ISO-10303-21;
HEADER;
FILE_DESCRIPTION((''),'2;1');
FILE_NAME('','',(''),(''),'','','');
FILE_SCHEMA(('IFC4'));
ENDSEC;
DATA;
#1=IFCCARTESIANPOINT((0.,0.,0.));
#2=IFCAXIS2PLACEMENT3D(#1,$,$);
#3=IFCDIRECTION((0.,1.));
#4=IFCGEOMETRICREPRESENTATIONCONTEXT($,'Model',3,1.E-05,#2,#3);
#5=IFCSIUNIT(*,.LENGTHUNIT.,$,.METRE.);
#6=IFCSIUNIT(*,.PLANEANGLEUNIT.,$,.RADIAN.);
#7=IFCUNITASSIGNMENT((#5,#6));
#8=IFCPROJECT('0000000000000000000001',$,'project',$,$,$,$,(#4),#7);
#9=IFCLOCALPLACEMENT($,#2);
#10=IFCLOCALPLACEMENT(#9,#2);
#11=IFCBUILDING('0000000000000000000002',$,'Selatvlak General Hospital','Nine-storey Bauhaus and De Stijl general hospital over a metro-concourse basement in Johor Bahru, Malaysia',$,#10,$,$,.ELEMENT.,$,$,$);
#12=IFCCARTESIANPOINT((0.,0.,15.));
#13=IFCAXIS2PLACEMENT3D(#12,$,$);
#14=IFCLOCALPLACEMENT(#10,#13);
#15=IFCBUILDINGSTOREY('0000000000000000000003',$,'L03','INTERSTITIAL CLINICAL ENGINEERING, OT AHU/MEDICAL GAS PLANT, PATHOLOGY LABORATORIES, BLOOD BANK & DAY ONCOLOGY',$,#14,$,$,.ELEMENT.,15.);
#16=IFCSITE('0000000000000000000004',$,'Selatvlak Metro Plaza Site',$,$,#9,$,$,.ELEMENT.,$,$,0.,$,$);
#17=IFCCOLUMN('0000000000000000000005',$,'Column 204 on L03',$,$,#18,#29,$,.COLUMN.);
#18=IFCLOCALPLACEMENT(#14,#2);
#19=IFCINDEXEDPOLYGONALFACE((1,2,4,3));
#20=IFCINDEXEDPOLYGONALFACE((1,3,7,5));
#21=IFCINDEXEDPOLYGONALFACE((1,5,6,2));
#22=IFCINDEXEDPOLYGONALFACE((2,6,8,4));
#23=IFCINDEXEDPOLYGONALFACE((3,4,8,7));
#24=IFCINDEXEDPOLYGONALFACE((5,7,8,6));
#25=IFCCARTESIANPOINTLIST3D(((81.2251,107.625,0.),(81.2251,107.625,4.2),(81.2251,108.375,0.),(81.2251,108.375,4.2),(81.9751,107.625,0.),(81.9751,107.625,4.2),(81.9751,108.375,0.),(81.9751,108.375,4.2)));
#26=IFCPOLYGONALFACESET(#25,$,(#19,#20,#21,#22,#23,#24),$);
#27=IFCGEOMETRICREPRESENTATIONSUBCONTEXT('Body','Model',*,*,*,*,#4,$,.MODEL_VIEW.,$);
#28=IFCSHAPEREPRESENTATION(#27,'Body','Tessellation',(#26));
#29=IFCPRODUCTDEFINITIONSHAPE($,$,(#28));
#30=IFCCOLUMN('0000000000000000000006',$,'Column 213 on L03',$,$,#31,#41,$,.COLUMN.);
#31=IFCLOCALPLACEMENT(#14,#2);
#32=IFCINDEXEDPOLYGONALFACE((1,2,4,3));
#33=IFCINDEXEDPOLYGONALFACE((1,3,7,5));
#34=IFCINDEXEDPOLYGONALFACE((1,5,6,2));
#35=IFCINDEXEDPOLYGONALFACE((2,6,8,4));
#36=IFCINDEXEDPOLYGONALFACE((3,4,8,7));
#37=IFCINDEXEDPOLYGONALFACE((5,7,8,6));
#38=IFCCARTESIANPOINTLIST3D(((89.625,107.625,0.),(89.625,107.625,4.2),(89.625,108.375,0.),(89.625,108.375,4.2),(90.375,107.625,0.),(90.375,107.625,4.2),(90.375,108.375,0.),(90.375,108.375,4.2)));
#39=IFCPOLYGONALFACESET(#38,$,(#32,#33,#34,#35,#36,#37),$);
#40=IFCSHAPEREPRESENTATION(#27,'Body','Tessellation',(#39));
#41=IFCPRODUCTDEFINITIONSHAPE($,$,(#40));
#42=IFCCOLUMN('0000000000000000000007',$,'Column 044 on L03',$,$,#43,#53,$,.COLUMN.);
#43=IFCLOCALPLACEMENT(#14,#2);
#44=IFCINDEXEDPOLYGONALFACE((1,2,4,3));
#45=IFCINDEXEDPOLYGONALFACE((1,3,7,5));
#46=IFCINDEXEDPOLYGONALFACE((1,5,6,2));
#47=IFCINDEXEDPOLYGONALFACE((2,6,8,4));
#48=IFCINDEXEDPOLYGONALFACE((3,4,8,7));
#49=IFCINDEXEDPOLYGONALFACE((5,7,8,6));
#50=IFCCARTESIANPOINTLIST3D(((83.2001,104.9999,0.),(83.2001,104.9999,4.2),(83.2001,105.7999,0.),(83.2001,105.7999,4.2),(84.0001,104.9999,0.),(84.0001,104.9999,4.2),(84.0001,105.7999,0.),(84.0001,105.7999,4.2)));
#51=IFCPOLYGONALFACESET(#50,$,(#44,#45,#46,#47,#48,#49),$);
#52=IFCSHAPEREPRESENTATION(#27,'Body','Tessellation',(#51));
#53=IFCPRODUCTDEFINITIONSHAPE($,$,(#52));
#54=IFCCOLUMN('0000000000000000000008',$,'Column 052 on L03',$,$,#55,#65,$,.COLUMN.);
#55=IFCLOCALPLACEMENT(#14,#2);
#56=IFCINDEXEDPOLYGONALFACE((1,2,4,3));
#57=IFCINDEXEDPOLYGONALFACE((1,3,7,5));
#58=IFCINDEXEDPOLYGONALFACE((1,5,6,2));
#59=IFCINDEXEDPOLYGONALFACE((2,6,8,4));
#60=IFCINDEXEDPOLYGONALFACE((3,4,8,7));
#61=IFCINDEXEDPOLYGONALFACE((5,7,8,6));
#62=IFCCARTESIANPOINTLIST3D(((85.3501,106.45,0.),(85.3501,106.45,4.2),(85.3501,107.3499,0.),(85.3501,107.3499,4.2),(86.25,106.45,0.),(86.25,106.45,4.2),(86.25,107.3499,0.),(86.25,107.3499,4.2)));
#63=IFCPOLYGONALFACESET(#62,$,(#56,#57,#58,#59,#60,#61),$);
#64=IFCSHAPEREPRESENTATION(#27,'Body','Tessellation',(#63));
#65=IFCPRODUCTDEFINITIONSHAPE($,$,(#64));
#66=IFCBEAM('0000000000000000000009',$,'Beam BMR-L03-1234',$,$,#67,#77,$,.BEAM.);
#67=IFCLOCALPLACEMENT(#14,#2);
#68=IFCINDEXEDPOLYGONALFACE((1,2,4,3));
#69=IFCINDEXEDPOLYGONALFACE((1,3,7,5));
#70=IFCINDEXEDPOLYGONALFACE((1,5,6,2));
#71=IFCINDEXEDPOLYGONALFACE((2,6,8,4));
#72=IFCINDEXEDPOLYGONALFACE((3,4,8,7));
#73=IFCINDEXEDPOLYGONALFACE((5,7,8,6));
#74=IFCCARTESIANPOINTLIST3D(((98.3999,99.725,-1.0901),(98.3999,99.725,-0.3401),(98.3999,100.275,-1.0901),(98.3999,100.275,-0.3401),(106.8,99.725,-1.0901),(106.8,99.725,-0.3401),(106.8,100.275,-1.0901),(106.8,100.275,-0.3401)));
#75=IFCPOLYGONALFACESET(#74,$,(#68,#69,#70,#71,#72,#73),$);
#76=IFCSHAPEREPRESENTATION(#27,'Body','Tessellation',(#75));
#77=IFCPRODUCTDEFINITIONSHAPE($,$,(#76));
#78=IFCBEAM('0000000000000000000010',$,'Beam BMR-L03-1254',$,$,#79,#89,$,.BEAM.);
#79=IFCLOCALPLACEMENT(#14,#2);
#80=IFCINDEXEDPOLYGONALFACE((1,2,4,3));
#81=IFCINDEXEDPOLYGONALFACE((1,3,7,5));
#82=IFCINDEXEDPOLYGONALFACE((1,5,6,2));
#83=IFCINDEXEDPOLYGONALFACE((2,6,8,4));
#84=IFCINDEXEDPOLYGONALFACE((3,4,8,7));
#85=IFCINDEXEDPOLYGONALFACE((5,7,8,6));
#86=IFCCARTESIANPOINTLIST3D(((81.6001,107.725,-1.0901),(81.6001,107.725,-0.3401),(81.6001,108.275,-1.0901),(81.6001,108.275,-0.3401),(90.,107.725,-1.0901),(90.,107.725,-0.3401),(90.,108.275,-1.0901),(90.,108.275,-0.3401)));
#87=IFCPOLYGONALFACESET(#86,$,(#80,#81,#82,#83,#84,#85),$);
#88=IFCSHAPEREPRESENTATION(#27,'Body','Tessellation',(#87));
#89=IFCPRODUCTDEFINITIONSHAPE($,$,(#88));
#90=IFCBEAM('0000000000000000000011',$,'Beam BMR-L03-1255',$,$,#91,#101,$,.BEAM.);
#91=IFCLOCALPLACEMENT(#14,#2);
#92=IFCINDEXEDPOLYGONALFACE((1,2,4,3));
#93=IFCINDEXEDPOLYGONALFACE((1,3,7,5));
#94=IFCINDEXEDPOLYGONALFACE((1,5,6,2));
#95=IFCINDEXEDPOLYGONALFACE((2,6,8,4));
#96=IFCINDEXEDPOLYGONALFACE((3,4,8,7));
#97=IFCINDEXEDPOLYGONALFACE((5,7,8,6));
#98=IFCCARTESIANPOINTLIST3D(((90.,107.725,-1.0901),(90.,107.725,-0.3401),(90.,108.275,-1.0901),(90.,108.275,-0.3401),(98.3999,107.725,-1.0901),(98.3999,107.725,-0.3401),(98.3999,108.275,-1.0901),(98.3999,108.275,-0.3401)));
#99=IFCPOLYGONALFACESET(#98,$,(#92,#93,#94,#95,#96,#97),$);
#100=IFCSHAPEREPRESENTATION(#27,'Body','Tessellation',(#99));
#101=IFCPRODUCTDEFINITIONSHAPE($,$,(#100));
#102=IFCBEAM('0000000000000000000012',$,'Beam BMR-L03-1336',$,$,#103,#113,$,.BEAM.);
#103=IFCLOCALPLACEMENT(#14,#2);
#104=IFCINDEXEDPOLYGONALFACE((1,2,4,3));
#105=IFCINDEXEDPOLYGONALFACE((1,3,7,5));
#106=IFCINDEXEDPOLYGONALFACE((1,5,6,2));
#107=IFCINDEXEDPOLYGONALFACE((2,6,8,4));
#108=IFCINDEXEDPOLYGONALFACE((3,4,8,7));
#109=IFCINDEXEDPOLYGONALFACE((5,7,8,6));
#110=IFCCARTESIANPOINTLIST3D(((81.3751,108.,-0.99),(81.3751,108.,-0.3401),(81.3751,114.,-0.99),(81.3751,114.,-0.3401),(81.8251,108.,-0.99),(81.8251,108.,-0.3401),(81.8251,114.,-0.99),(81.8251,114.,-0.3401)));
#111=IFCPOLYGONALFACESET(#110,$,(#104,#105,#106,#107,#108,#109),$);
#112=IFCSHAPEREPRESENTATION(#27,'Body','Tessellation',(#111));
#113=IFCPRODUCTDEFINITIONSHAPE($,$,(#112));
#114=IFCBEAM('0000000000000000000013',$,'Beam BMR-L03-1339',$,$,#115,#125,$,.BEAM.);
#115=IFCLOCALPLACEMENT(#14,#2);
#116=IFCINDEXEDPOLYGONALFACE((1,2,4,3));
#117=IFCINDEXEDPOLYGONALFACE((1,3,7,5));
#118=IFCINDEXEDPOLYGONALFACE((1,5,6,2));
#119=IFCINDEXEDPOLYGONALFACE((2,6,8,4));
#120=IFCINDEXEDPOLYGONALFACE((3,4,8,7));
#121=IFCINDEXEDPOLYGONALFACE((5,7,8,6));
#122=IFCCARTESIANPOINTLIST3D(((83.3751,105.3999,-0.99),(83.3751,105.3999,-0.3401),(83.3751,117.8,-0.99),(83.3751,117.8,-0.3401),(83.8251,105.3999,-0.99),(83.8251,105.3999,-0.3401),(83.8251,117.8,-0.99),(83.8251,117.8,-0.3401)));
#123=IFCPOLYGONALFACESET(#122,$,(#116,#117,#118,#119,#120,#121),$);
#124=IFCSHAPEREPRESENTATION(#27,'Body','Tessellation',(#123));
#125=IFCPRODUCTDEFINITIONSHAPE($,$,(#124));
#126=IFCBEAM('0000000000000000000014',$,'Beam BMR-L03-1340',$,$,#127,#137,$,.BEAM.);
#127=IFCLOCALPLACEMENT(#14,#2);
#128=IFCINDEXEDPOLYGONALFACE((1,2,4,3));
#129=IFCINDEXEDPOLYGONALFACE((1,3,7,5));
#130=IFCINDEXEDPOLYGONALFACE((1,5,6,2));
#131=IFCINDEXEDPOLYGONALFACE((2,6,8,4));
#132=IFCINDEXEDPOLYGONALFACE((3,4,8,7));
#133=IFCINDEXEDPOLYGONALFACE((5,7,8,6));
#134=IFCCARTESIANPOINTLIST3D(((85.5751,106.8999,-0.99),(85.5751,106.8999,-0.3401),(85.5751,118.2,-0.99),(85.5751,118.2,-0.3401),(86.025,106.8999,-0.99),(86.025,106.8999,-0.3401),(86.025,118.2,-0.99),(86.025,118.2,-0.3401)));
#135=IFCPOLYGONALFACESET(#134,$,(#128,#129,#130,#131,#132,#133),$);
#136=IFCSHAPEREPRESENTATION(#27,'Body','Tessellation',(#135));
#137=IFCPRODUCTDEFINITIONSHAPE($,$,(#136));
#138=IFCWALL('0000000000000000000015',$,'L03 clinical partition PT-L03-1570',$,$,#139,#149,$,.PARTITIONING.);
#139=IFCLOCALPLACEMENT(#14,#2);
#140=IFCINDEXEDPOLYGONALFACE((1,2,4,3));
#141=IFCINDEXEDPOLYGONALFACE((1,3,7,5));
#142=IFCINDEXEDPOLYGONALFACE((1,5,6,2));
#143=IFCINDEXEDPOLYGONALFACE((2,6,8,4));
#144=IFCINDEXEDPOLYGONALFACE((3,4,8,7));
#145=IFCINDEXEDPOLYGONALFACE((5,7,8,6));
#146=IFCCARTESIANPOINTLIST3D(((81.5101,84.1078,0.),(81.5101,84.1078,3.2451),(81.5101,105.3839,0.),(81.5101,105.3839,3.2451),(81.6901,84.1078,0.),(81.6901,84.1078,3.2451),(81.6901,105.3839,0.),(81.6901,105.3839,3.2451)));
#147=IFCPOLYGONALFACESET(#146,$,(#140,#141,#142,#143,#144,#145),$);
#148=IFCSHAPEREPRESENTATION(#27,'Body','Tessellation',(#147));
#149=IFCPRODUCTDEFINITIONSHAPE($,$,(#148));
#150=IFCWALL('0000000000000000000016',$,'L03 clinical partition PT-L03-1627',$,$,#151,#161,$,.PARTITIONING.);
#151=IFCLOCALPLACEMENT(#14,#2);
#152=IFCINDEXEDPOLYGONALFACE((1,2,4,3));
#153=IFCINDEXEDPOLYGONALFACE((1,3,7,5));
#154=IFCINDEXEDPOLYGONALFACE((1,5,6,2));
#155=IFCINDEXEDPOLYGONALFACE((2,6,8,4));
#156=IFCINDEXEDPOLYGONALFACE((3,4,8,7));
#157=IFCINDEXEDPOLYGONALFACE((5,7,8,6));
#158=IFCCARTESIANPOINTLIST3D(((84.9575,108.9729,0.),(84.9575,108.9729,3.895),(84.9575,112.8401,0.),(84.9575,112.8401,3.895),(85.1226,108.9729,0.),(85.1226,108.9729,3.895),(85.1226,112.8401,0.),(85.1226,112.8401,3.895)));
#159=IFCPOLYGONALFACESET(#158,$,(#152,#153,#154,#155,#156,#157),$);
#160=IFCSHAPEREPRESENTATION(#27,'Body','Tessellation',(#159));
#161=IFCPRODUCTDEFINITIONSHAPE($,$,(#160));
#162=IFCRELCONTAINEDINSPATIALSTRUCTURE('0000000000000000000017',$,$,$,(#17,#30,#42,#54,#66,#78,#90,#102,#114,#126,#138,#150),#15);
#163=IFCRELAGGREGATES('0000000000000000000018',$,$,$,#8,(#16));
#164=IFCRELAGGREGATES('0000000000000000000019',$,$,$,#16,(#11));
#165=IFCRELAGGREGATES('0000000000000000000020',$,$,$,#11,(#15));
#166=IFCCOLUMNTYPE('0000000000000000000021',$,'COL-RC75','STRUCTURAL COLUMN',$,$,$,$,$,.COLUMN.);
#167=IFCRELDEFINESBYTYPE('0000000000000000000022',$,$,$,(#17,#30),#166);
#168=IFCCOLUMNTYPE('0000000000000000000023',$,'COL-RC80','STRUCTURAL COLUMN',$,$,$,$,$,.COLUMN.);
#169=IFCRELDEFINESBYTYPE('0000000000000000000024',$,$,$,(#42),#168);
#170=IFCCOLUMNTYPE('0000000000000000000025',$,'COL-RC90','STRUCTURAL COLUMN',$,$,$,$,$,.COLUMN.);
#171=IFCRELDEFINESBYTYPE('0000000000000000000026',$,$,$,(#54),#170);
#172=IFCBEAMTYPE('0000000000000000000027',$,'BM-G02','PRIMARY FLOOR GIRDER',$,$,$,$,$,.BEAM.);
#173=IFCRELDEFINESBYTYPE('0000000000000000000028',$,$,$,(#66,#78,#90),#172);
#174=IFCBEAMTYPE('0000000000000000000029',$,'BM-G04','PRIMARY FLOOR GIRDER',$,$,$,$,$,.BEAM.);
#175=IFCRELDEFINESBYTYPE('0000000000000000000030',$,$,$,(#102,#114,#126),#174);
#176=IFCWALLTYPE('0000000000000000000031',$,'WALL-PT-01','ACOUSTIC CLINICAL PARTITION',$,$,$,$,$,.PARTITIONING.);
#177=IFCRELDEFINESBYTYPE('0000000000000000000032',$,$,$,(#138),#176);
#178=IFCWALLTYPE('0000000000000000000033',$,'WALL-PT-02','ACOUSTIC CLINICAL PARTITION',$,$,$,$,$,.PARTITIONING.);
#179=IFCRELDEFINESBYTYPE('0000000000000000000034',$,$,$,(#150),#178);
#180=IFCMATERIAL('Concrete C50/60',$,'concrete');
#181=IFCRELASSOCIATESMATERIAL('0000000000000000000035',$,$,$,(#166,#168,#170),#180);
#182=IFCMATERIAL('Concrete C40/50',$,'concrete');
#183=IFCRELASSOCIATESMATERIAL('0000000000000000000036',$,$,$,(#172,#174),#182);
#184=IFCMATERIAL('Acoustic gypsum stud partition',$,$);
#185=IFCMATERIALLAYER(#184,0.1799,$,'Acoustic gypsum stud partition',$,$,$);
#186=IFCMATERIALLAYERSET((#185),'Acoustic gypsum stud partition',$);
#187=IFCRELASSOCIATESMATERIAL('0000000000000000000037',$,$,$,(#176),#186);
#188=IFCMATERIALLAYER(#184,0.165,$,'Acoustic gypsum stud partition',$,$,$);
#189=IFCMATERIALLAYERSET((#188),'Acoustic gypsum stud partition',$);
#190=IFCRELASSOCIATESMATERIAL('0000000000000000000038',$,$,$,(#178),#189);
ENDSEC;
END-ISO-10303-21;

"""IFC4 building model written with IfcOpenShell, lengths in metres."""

from ifc_helpers import new_model, si_unit, direction, frame, frame_2d, origin, origin_2d, place, context, subcontext, project, spatial, rectangle, extrude, material, layer, layer_set, material_profile, profile_set, type_object, element, save


model = new_model("IFC4")

# Units and contexts
model_context = context("Model", 3, precision=1e-05, world=origin(), true_north=direction((0.0, 1.0)))
body_context = subcontext(model_context, "Body", "Model", "MODEL_VIEW")
ifc_project = project(units=[si_unit("LENGTHUNIT", "METRE"), si_unit("PLANEANGLEUNIT", "RADIAN")], contexts=[model_context])

# Site, building, storey
site_placement = place(None, origin())
site = spatial("IfcSite", under=ifc_project, at=site_placement, Name="Selatvlak Metro Plaza Site", CompositionType="ELEMENT", RefElevation=0.0)
building_placement = place(site_placement, origin())
building = spatial("IfcBuilding", under=site, at=building_placement, Name="Selatvlak General Hospital", Description="Nine-storey Bauhaus and De Stijl general hospital over a metro-concourse basement in Johor Bahru, Malaysia", CompositionType="ELEMENT")
storey_placement = place(building_placement, frame((0.0, 0.0, 15.0)))
storey = spatial("IfcBuildingStorey", under=building, at=storey_placement, Name="L03", Description="INTERSTITIAL CLINICAL ENGINEERING, OT AHU/MEDICAL GAS PLANT, PATHOLOGY LABORATORIES, BLOOD BANK & DAY ONCOLOGY", CompositionType="ELEMENT", Elevation=15.0)

# Columns
ifc_material_1 = material(Name="Concrete C50/60", Category="concrete")
ifc_material_profile_1 = material_profile(ifc_material_1, rectangle(XDim=0.75, YDim=0.75, at=origin_2d()), Name="RC-COL 750x750")
ifc_profile_set_1 = profile_set([ifc_material_profile_1], Name="Concrete C50/60")
column_type_1 = type_object("IfcColumnType", Name="COL-RC75", Description="STRUCTURAL COLUMN", PredefinedType="COLUMN", material=ifc_profile_set_1)
for number, where, z_axis, x_axis, name in (
    (1, (81.6001, 108.0, 0.0), (0.0, 0.0, 1.0), (1.0, 0.0, 0.0), "Column 204 on L03"),
    (2, (90.0, 108.0, 0.0), (0.0, 0.0, 1.0), (1.0, 0.0, 0.0), "Column 213 on L03"),
):
    element("IfcColumn", number, at=place(storey_placement, frame(where, z_axis=z_axis, x_axis=x_axis)), inside=storey, type_object=column_type_1, Name=name, PredefinedType="COLUMN", context=body_context, shape_type="SweptSolid", body=[
        extrude(rectangle(XDim=0.75, YDim=0.75, at=origin_2d()), origin(), (0.0, 0.0, 1.0), 4.2),
    ])
ifc_material_profile_2 = material_profile(ifc_material_1, rectangle(XDim=0.8, YDim=0.8, at=origin_2d()), Name="RC-COL 800x800")
ifc_profile_set_2 = profile_set([ifc_material_profile_2], Name="Concrete C50/60")
column_type_2 = type_object("IfcColumnType", Name="COL-RC80", Description="STRUCTURAL COLUMN", PredefinedType="COLUMN", material=ifc_profile_set_2)
column_1_placement = place(storey_placement, frame((83.6001, 105.3999, 0.0), z_axis=(0.0, 0.0, 1.0), x_axis=(1.0, 0.0, 0.0)))
element("IfcColumn", 3, at=column_1_placement, inside=storey, type_object=column_type_2, Name="Column 044 on L03", PredefinedType="COLUMN", context=body_context, shape_type="SweptSolid", body=[
    extrude(rectangle(XDim=0.8, YDim=0.8, at=origin_2d()), origin(), (0.0, 0.0, 1.0), 4.2),
])
ifc_material_profile_3 = material_profile(ifc_material_1, rectangle(XDim=0.8999, YDim=0.8999, at=origin_2d()), Name="RC-COL 900x900")
ifc_profile_set_3 = profile_set([ifc_material_profile_3], Name="Concrete C50/60")
column_type_3 = type_object("IfcColumnType", Name="COL-RC90", Description="STRUCTURAL COLUMN", PredefinedType="COLUMN", material=ifc_profile_set_3)
column_2_placement = place(storey_placement, frame((85.8, 106.8999, 0.0), z_axis=(0.0, 0.0, 1.0), x_axis=(1.0, 0.0, 0.0)))
element("IfcColumn", 4, at=column_2_placement, inside=storey, type_object=column_type_3, Name="Column 052 on L03", PredefinedType="COLUMN", context=body_context, shape_type="SweptSolid", body=[
    extrude(rectangle(XDim=0.8999, YDim=0.8999, at=origin_2d()), origin(), (0.0, 0.0, 1.0), 4.2),
])

# Beams
ifc_material_2 = material(Name="Concrete C40/50", Category="concrete")
ifc_material_profile_4 = material_profile(ifc_material_2, rectangle(XDim=0.55, YDim=0.75, at=origin_2d()), Name="RC-BM 550x750")
ifc_profile_set_4 = profile_set([ifc_material_profile_4], Name="Concrete C40/50")
beam_type_1 = type_object("IfcBeamType", Name="BM-G02", Description="PRIMARY FLOOR GIRDER", PredefinedType="BEAM", material=ifc_profile_set_4)
beam_1_placement = place(storey_placement, frame((98.3999, 100.0, -0.7151), z_axis=(1.0, 0.0, 0.0), x_axis=(0.0, 1.0, 0.0)))
element("IfcBeam", 5, at=beam_1_placement, inside=storey, type_object=beam_type_1, Name="Beam BMR-L03-1234", PredefinedType="BEAM", context=body_context, shape_type="SweptSolid", body=[
    extrude(rectangle(XDim=0.55, YDim=0.75, at=origin_2d()), origin(), (0.0, 0.0, 1.0), 8.4001),
])
for number, where, z_axis, x_axis, name in (
    (6, (81.6001, 108.0, -0.7151), (1.0, 0.0, 0.0), (0.0, 1.0, 0.0), "Beam BMR-L03-1254"),
    (7, (90.0, 108.0, -0.7151), (1.0, 0.0, 0.0), (0.0, 1.0, 0.0), "Beam BMR-L03-1255"),
):
    element("IfcBeam", number, at=place(storey_placement, frame(where, z_axis=z_axis, x_axis=x_axis)), inside=storey, type_object=beam_type_1, Name=name, PredefinedType="BEAM", context=body_context, shape_type="SweptSolid", body=[
        extrude(rectangle(XDim=0.55, YDim=0.75, at=origin_2d()), origin(), (0.0, 0.0, 1.0), 8.3999),
    ])
ifc_material_profile_5 = material_profile(ifc_material_2, rectangle(XDim=0.45, YDim=0.6499, at=origin_2d()), Name="RC-BM 450x650")
ifc_profile_set_5 = profile_set([ifc_material_profile_5], Name="Concrete C40/50")
beam_type_2 = type_object("IfcBeamType", Name="BM-G04", Description="PRIMARY FLOOR GIRDER", PredefinedType="BEAM", material=ifc_profile_set_5)
beam_2_placement = place(storey_placement, frame((81.6001, 108.0, -0.665), z_axis=(0.0, 1.0, 0.0), x_axis=(-1.0, 0.0, 0.0)))
element("IfcBeam", 8, at=beam_2_placement, inside=storey, type_object=beam_type_2, Name="Beam BMR-L03-1336", PredefinedType="BEAM", context=body_context, shape_type="SweptSolid", body=[
    extrude(rectangle(XDim=0.45, YDim=0.6499, at=origin_2d()), origin(), (0.0, 0.0, 1.0), 6.0),
])
beam_3_placement = place(storey_placement, frame((83.6001, 105.3999, -0.665), z_axis=(0.0, 1.0, 0.0), x_axis=(-1.0, 0.0, 0.0)))
element("IfcBeam", 9, at=beam_3_placement, inside=storey, type_object=beam_type_2, Name="Beam BMR-L03-1339", PredefinedType="BEAM", context=body_context, shape_type="SweptSolid", body=[
    extrude(rectangle(XDim=0.45, YDim=0.6499, at=origin_2d()), origin(), (0.0, 0.0, 1.0), 12.4001),
])
beam_4_placement = place(storey_placement, frame((85.8, 106.8999, -0.665), z_axis=(0.0, 1.0, 0.0), x_axis=(-1.0, 0.0, 0.0)))
element("IfcBeam", 10, at=beam_4_placement, inside=storey, type_object=beam_type_2, Name="Beam BMR-L03-1340", PredefinedType="BEAM", context=body_context, shape_type="SweptSolid", body=[
    extrude(rectangle(XDim=0.45, YDim=0.6499, at=origin_2d()), origin(), (0.0, 0.0, 1.0), 11.3),
])

# Wall
ifc_material_3 = material(Name="Acoustic gypsum stud partition")
ifc_layer_1 = layer(ifc_material_3, 0.1799, Name="Acoustic gypsum stud partition")
ifc_layer_set_1 = layer_set([ifc_layer_1], Name="Acoustic gypsum stud partition")
wall_type_1 = type_object("IfcWallType", Name="WALL-PT-01", Description="ACOUSTIC CLINICAL PARTITION", PredefinedType="PARTITIONING", material=ifc_layer_set_1)
wall_1_placement = place(storey_placement, frame((81.6001, 105.384, 0.0), z_axis=(0.0, 0.0, 1.0), x_axis=(0.0, -1.0, 0.0)))
element("IfcWall", 11, at=wall_1_placement, inside=storey, type_object=wall_type_1, Name="L03 clinical partition PT-L03-1570", PredefinedType="PARTITIONING", context=body_context, shape_type="SweptSolid", body=[
    extrude(rectangle(XDim=21.2761, YDim=0.1799, at=frame_2d((10.6382, 0.0))), origin(), (0.0, 0.0, 1.0), 3.2451),
])

# Wall
ifc_layer_2 = layer(ifc_material_3, 0.165, Name="Acoustic gypsum stud partition")
ifc_layer_set_2 = layer_set([ifc_layer_2], Name="Acoustic gypsum stud partition")
wall_type_2 = type_object("IfcWallType", Name="WALL-PT-02", Description="ACOUSTIC CLINICAL PARTITION", PredefinedType="PARTITIONING", material=ifc_layer_set_2)
wall_2_placement = place(storey_placement, frame((85.04, 112.8401, 0.0), z_axis=(0.0, 0.0, 1.0), x_axis=(0.0, -1.0, 0.0)))
element("IfcWall", 12, at=wall_2_placement, inside=storey, type_object=wall_type_2, Name="L03 clinical partition PT-L03-1627", PredefinedType="PARTITIONING", context=body_context, shape_type="SweptSolid", body=[
    extrude(rectangle(XDim=3.8672, YDim=0.165, at=frame_2d((1.9336, 0.0))), origin(), (0.0, 0.0, 1.0), 3.895),
])

save(model, "model.ifc")
